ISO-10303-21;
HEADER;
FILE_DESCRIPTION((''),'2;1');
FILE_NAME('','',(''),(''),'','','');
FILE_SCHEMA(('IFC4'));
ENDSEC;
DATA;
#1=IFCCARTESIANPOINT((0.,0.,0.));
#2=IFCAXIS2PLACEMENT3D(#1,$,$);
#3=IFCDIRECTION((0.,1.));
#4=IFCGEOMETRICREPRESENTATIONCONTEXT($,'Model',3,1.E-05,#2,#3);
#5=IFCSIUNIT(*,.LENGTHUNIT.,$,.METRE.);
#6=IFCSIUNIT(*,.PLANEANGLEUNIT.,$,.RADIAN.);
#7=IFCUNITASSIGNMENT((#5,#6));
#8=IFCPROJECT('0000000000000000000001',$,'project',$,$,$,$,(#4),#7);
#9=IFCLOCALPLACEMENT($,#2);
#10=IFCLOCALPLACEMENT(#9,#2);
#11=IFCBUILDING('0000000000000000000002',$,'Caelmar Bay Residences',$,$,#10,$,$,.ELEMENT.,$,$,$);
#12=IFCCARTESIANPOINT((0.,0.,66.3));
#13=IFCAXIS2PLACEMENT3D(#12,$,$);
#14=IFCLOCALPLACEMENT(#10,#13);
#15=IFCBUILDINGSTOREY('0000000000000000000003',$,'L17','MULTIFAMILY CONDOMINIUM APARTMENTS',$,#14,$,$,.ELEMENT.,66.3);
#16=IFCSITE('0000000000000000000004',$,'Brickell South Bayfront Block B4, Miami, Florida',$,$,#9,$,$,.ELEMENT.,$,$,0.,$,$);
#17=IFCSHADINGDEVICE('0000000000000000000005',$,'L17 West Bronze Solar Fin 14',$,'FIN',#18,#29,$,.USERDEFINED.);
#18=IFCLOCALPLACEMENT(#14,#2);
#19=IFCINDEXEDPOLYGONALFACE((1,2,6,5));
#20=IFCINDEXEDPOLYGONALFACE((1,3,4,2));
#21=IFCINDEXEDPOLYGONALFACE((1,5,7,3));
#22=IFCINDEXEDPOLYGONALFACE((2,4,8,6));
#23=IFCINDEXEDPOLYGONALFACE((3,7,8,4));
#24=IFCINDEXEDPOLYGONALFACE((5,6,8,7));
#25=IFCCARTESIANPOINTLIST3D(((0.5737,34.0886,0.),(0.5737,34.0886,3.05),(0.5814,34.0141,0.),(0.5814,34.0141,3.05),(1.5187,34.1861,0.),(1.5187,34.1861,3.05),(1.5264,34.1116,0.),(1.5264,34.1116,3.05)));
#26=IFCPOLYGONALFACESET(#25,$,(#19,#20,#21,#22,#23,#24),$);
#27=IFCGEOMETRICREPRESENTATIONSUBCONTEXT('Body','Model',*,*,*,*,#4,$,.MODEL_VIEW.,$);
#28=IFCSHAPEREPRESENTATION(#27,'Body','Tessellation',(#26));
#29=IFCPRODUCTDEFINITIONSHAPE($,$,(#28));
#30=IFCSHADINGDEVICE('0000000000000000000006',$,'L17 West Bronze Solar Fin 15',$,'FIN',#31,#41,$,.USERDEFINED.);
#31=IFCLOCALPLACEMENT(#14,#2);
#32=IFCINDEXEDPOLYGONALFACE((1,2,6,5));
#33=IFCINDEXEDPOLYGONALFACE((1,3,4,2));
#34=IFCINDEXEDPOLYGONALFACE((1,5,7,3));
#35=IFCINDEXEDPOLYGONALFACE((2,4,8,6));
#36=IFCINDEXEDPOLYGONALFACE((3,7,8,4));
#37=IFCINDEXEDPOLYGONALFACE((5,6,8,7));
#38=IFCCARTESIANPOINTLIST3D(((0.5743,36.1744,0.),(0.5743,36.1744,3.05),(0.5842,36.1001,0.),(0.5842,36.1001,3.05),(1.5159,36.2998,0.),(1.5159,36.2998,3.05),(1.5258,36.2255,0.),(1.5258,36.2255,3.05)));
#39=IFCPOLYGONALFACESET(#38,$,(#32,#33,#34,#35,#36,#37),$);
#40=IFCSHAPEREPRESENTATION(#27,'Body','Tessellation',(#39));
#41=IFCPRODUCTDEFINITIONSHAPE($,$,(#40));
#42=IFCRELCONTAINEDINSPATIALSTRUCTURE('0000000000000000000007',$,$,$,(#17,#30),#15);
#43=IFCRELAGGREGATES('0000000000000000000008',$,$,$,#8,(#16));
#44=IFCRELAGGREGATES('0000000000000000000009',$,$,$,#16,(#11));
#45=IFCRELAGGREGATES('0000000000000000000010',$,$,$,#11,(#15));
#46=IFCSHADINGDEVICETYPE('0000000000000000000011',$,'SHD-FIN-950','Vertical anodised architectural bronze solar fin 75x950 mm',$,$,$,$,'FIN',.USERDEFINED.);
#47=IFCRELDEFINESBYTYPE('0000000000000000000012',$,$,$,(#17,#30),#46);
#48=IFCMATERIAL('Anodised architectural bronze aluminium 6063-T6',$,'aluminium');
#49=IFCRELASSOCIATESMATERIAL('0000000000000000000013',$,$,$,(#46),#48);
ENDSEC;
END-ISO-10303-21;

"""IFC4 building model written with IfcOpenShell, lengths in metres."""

from ifc_helpers import new_model, si_unit, direction, frame, origin, origin_2d, place, context, subcontext, project, spatial, rectangle, extrude, material, material_profile, profile_set, type_object, element, save


model = new_model("IFC4")

# Units and contexts
model_context = context("Model", 3, precision=1e-05, world=origin(), true_north=direction((0.0, 1.0)))
body_context = subcontext(model_context, "Body", "Model", "MODEL_VIEW")
ifc_project = project(units=[si_unit("LENGTHUNIT", "METRE"), si_unit("PLANEANGLEUNIT", "RADIAN")], contexts=[model_context])

# Site, building, storey
site_placement = place(None, origin())
site = spatial("IfcSite", under=ifc_project, at=site_placement, Name="Brickell South Bayfront Block B4, Miami, Florida", CompositionType="ELEMENT", RefElevation=0.0)
building_placement = place(site_placement, origin())
building = spatial("IfcBuilding", under=site, at=building_placement, Name="Caelmar Bay Residences", CompositionType="ELEMENT")
storey_placement = place(building_placement, frame((0.0, 0.0, 66.3)))
storey = spatial("IfcBuildingStorey", under=building, at=storey_placement, Name="L17", Description="MULTIFAMILY CONDOMINIUM APARTMENTS", CompositionType="ELEMENT", Elevation=66.3)

# Shading devices
ifc_material_1 = material(Name="Anodised architectural bronze aluminium 6063-T6", Category="aluminium")
ifc_material_profile_1 = material_profile(ifc_material_1, rectangle(XDim=0.075, YDim=0.95, at=origin_2d()), Name="BRONZE-FIN-75X950")
ifc_profile_set_1 = profile_set([ifc_material_profile_1], Name="Anodised architectural bronze aluminium 6063-T6")
shading_device_type = type_object("IfcShadingDeviceType", Name="SHD-FIN-950", Description="Vertical anodised architectural bronze solar fin 75x950 mm", ElementType="FIN", PredefinedType="USERDEFINED", material=ifc_profile_set_1)
for number, where, z_axis, x_axis, name in (
    (1, (1.05, 34.1001, 0.0), (0.0, 0.0, 1.0), (-0.102619, 0.994721, 0.0), "L17 West Bronze Solar Fin 14"),
    (2, (1.05, 36.2, 0.0), (0.0, 0.0, 1.0), (-0.13191, 0.991262, 0.0), "L17 West Bronze Solar Fin 15"),
):
    element("IfcShadingDevice", number, at=place(storey_placement, frame(where, z_axis=z_axis, x_axis=x_axis)), inside=storey, type_object=shading_device_type, Name=name, ObjectType="FIN", PredefinedType="USERDEFINED", context=body_context, shape_type="SweptSolid", body=[
        extrude(rectangle(XDim=0.075, YDim=0.95, at=origin_2d()), origin(), (0.0, 0.0, 1.0), 3.05),
    ])

save(model, "model.ifc")
